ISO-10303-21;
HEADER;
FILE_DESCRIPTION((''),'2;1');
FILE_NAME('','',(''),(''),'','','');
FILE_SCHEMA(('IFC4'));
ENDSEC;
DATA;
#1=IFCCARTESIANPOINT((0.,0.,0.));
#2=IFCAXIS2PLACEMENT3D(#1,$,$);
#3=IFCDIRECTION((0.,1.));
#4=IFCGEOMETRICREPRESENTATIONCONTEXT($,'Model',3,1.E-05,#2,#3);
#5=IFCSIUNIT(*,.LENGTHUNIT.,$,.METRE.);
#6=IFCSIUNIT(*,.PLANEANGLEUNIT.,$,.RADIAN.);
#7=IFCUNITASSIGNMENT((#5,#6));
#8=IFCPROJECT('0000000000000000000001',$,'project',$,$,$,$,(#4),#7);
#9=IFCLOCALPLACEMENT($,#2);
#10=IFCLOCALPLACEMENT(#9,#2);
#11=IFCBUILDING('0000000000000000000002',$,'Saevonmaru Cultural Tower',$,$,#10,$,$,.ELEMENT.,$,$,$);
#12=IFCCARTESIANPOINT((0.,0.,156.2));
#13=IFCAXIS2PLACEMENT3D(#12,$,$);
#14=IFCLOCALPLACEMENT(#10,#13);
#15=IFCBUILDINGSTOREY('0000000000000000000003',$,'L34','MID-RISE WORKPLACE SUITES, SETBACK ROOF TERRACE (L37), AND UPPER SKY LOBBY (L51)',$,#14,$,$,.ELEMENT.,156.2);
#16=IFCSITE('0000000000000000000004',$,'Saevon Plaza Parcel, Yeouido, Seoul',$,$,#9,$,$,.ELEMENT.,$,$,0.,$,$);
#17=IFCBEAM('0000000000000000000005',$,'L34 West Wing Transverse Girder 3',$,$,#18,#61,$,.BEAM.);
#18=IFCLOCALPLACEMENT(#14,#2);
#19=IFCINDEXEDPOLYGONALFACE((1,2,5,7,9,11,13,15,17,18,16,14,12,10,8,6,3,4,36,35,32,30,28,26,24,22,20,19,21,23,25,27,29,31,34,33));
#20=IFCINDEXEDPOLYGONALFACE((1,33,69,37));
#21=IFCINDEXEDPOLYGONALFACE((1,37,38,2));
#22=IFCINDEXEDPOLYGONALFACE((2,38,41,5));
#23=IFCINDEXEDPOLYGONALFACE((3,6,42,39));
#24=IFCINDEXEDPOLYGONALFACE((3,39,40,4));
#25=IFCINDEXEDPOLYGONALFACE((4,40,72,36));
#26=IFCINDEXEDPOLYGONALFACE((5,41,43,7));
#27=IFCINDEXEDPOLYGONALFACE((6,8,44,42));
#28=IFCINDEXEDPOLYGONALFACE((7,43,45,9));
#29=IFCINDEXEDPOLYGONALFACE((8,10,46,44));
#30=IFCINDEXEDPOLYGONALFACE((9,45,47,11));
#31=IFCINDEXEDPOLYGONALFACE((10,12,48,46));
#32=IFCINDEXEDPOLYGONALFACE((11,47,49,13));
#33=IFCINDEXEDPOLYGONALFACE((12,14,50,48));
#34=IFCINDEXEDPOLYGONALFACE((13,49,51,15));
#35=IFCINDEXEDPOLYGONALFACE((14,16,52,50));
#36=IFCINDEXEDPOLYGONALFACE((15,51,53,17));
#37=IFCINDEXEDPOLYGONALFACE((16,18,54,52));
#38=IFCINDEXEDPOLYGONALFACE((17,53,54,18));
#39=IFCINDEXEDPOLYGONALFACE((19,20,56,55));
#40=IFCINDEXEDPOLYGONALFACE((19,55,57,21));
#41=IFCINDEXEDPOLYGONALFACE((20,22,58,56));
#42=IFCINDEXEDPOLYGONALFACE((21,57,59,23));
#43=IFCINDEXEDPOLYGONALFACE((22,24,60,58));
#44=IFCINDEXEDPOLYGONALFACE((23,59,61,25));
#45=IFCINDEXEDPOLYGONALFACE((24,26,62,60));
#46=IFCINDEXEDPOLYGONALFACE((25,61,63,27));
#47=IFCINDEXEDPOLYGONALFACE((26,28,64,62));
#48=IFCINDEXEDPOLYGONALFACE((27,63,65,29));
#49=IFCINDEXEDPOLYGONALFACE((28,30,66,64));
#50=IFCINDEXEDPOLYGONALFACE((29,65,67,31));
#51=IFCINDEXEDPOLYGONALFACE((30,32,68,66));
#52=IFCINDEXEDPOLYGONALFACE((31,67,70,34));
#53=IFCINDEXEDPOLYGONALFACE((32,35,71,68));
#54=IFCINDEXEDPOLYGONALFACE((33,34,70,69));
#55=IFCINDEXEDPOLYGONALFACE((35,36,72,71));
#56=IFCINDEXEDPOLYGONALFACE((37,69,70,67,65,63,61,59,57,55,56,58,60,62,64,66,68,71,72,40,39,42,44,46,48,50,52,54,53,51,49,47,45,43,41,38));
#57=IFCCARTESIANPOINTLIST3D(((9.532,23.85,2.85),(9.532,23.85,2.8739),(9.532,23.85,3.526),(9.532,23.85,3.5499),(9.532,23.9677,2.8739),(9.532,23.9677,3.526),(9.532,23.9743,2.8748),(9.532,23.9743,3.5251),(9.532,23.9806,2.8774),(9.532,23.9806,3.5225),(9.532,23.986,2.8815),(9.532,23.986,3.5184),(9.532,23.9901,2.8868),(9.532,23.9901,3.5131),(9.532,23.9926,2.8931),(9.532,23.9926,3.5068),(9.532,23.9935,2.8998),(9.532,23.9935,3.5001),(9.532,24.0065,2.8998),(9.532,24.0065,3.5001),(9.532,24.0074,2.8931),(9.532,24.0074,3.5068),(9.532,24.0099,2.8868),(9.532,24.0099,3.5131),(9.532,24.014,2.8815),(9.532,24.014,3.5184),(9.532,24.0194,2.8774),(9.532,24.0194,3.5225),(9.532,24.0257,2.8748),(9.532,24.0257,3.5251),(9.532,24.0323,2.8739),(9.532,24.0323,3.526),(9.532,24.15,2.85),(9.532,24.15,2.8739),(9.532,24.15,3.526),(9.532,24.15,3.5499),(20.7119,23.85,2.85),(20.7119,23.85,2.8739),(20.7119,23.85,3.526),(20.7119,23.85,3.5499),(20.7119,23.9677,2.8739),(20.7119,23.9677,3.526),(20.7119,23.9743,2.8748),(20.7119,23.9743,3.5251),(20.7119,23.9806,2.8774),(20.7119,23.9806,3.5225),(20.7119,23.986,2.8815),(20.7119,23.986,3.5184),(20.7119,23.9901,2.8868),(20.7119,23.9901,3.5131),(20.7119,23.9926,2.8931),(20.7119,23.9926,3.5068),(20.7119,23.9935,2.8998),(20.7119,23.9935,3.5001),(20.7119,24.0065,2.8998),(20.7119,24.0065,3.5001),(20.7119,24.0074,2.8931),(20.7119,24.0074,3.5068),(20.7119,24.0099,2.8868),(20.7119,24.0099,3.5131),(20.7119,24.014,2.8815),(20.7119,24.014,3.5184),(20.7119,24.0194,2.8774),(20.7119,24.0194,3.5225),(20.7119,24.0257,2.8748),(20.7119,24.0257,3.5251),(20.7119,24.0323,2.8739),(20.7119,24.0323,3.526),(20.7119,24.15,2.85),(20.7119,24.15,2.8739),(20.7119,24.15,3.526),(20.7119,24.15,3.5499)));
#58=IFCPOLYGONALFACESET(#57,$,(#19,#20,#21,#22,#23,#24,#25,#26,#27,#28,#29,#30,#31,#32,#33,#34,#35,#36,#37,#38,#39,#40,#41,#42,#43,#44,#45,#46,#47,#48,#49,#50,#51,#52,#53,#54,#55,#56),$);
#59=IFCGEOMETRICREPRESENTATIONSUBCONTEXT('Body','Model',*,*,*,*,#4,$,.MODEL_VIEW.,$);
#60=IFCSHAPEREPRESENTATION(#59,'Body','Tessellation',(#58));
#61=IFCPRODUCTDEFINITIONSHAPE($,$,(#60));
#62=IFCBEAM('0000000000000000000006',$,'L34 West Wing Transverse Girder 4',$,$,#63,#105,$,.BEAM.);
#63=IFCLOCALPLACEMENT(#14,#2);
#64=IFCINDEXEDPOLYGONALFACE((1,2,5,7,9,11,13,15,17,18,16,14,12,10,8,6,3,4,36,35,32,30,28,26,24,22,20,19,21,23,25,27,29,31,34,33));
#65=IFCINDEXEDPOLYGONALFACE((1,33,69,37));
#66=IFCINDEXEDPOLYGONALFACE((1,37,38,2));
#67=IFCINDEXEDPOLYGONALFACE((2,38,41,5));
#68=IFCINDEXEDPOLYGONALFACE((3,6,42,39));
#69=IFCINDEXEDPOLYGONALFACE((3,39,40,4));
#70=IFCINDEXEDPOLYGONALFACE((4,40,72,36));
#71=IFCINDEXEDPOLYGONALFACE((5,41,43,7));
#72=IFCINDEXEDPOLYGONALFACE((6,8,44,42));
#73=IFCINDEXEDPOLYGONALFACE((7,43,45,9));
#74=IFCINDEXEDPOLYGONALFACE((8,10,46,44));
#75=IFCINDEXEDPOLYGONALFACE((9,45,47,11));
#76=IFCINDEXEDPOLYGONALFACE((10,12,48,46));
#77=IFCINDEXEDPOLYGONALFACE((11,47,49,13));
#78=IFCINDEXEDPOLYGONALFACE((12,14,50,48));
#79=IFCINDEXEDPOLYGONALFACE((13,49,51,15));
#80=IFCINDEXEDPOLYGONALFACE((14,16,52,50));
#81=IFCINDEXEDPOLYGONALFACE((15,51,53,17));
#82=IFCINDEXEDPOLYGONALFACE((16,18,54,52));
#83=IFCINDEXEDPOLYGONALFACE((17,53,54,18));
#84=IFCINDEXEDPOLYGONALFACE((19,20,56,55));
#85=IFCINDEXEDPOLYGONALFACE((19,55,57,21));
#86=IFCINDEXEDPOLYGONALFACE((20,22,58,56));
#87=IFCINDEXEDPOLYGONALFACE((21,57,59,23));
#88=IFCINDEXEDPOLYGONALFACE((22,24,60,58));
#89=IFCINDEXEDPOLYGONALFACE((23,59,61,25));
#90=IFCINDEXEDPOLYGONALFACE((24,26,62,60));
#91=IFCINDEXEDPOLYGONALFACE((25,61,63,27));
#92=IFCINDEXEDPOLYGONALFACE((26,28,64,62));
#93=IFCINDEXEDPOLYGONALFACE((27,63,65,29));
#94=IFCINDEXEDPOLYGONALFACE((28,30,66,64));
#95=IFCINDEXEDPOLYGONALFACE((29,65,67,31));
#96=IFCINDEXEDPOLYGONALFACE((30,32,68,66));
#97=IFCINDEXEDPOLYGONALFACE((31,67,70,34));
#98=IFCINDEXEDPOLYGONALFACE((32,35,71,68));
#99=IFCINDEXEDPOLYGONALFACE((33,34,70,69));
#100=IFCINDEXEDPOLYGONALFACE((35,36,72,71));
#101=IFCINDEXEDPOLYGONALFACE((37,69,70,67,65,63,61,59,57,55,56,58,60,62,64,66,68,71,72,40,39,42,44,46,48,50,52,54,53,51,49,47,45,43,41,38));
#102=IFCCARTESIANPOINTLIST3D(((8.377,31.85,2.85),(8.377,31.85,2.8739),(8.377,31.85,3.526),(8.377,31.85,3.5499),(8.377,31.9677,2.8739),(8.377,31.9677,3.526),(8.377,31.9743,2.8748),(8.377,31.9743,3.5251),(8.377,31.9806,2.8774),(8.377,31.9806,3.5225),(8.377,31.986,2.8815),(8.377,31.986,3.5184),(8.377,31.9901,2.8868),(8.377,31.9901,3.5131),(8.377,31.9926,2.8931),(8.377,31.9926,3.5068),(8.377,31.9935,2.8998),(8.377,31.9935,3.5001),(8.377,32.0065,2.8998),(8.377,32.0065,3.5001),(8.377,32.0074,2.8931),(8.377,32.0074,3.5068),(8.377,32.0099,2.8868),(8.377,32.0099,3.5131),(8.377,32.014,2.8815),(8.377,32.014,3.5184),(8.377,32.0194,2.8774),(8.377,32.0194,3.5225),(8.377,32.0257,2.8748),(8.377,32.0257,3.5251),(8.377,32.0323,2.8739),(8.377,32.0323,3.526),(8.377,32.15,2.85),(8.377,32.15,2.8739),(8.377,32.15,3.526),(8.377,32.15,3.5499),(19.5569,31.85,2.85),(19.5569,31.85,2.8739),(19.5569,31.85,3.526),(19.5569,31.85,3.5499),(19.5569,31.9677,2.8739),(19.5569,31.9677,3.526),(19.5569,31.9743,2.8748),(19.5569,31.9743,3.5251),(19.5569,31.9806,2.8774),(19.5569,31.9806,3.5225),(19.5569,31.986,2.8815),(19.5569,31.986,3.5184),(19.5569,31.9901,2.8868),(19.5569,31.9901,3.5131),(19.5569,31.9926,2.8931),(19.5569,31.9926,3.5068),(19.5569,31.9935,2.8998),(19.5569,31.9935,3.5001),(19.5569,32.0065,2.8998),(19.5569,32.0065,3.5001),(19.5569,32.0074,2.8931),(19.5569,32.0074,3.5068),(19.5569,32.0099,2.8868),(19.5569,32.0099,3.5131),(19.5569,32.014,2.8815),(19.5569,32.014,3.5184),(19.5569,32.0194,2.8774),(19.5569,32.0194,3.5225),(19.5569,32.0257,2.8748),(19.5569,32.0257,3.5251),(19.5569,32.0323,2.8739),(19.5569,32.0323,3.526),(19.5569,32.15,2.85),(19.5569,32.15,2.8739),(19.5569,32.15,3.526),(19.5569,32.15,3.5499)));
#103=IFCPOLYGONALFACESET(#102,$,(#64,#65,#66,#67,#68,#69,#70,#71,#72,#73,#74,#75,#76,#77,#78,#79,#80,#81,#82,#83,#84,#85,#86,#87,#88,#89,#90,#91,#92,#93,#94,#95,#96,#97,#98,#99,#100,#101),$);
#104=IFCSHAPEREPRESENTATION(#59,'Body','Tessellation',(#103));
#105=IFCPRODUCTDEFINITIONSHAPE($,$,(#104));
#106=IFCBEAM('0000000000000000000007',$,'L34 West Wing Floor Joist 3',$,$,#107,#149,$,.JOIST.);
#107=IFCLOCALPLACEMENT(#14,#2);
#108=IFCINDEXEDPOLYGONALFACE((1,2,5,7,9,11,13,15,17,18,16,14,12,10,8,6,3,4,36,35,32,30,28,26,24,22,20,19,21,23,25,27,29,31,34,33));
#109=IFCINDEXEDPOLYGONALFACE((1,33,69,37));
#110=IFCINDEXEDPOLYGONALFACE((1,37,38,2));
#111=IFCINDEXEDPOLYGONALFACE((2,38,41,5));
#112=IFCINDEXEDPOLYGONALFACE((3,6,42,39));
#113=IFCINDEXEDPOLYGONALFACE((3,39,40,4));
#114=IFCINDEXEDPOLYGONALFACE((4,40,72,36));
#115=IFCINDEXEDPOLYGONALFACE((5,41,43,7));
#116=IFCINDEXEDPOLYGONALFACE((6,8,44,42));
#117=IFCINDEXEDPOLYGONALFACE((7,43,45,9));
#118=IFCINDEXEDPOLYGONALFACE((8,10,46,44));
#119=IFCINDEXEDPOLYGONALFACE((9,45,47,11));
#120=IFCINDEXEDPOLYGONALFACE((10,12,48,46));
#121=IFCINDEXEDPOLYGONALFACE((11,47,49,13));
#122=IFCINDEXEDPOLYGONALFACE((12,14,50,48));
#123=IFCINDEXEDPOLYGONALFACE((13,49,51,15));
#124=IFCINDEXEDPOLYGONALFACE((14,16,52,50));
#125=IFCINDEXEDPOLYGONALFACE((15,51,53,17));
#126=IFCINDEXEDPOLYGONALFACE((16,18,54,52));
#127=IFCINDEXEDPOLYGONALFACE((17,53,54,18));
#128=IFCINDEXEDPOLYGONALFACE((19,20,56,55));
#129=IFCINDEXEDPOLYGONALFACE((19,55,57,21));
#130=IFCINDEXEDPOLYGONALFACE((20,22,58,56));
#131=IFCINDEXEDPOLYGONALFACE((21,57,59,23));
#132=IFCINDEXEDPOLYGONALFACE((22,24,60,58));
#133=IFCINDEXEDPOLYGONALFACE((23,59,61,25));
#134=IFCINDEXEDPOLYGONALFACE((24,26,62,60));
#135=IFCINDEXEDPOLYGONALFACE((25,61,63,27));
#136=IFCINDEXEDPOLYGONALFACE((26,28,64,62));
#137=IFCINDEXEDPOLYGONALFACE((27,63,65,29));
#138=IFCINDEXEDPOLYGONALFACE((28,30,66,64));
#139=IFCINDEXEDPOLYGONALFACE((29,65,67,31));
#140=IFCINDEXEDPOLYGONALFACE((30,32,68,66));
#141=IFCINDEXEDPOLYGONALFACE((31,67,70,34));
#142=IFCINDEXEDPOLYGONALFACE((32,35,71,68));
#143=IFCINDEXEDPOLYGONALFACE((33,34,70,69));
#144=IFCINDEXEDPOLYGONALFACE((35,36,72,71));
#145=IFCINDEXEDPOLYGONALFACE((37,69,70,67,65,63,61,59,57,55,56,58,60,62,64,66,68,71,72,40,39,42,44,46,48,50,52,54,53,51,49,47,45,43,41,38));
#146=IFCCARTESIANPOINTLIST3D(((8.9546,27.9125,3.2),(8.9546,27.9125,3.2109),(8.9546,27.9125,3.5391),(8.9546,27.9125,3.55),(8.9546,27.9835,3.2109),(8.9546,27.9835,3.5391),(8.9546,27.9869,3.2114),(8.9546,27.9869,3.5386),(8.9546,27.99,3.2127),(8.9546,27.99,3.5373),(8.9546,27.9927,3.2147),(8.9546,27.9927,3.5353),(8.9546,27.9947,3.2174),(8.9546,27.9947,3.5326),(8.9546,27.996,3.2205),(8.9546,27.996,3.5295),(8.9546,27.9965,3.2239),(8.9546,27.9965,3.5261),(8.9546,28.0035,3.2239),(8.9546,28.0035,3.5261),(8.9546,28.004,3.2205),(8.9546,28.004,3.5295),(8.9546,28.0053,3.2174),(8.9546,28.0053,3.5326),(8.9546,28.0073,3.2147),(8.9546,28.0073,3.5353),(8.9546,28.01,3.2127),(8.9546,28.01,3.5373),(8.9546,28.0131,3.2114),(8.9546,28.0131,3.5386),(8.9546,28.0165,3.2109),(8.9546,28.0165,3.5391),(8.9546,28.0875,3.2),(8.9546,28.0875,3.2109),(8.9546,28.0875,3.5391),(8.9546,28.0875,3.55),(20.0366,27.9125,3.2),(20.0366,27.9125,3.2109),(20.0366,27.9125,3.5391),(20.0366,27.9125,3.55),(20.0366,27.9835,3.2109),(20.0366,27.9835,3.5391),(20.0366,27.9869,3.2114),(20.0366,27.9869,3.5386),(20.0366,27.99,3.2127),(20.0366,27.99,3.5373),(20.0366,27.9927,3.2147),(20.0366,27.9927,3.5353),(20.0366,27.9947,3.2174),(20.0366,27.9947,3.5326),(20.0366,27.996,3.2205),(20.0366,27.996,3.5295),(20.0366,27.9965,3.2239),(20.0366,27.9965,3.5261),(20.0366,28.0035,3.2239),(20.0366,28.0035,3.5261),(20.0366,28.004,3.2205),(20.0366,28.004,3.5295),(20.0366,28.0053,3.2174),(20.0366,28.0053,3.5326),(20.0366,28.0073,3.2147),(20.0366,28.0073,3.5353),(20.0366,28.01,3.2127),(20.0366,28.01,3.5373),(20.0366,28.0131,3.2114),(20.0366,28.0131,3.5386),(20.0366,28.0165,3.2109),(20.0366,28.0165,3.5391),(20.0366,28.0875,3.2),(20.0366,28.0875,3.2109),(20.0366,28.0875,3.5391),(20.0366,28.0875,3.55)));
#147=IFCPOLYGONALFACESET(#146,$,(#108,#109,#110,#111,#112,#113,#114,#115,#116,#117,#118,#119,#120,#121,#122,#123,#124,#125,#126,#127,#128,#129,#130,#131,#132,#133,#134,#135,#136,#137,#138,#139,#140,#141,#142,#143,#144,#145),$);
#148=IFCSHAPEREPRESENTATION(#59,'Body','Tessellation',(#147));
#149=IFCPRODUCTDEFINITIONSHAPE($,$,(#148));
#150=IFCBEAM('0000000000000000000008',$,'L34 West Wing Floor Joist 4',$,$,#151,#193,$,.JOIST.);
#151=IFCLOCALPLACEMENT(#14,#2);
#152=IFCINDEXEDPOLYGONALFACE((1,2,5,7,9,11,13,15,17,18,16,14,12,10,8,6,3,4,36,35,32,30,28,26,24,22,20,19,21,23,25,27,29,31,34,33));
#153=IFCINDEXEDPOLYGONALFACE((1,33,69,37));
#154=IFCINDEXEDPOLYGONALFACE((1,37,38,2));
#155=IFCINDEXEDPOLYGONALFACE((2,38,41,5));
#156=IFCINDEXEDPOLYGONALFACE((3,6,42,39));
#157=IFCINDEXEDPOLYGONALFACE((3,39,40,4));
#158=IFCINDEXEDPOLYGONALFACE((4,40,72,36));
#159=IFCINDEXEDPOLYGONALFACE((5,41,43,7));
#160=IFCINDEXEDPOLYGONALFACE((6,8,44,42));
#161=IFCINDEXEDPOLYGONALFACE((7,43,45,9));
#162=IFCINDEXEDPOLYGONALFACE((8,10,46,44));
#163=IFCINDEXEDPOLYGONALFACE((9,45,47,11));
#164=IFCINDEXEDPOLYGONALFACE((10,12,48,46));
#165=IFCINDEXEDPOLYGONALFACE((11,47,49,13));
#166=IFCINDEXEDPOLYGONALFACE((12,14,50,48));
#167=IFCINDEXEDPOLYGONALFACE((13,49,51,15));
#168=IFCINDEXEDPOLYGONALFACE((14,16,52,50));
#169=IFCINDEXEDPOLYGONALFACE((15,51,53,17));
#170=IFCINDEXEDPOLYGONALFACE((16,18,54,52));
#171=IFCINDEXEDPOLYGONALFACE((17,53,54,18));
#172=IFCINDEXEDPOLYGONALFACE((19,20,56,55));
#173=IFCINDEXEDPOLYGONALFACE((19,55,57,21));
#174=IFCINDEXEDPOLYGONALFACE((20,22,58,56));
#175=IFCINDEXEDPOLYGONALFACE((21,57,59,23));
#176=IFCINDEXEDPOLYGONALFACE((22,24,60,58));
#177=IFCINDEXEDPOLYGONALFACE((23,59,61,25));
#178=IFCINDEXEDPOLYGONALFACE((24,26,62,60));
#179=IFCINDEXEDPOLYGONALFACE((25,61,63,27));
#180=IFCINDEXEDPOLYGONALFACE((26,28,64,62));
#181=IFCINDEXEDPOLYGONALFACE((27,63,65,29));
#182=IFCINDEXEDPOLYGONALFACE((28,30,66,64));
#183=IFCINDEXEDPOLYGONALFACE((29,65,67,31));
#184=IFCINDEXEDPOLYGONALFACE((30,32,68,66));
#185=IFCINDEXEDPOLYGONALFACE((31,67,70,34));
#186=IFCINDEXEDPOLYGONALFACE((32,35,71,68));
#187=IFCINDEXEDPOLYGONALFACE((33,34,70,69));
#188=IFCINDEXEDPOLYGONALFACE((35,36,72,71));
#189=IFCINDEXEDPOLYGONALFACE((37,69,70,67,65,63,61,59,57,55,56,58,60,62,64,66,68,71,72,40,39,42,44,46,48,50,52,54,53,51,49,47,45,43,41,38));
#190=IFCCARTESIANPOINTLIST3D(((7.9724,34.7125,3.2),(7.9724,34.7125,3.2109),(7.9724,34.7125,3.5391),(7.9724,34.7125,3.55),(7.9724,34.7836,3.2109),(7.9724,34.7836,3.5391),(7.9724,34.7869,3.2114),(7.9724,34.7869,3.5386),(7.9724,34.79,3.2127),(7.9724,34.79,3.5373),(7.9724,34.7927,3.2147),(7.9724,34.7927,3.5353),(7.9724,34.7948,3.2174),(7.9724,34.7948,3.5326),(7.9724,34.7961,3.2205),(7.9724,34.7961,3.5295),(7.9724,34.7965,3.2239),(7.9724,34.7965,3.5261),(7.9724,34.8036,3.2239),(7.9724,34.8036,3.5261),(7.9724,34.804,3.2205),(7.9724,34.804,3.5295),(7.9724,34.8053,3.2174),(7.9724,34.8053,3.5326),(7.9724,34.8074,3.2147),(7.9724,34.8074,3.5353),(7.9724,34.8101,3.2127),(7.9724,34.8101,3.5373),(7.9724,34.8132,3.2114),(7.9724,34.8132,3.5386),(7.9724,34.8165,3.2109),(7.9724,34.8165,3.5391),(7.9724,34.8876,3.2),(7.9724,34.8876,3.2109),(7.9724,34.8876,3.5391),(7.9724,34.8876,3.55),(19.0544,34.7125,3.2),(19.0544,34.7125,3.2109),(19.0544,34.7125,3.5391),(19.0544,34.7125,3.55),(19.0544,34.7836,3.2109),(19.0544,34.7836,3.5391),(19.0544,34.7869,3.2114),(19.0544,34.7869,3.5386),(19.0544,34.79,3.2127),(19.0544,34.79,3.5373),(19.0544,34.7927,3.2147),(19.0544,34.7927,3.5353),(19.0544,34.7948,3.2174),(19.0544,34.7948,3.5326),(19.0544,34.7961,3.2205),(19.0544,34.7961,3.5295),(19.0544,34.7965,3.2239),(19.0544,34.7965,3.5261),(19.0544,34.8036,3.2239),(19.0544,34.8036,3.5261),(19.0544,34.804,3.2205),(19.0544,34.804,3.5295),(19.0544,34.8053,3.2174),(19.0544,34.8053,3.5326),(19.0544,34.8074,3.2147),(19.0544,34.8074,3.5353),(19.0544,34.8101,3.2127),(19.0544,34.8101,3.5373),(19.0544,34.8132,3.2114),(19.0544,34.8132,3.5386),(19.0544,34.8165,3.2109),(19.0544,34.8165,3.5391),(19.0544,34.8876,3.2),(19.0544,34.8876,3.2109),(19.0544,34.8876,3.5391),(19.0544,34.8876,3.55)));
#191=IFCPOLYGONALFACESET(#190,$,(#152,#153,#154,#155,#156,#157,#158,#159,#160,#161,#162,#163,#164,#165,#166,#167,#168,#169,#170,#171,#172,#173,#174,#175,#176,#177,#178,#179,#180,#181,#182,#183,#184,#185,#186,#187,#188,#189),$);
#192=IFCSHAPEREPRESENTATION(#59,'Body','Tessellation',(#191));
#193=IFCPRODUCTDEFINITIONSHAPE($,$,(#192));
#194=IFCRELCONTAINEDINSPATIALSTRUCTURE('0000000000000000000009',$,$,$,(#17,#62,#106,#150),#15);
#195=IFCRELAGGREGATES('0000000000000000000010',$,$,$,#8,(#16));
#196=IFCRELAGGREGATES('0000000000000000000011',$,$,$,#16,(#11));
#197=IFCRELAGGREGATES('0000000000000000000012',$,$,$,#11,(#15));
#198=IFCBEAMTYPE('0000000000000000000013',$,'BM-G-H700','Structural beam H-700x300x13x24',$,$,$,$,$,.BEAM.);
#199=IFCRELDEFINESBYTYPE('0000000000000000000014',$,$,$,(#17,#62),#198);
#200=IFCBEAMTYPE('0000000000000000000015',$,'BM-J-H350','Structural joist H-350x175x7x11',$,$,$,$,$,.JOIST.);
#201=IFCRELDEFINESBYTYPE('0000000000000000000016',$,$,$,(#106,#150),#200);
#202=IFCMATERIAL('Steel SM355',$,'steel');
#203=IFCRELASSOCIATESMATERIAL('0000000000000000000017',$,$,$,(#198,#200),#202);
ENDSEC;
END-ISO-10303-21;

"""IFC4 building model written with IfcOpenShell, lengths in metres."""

from ifc_helpers import new_model, si_unit, direction, frame, origin, origin_2d, place, context, subcontext, project, spatial, i_section, extrude, material, material_profile, profile_set, type_object, element, save


model = new_model("IFC4")

# Units and contexts
model_context = context("Model", 3, precision=1e-05, world=origin(), true_north=direction((0.0, 1.0)))
body_context = subcontext(model_context, "Body", "Model", "MODEL_VIEW")
ifc_project = project(units=[si_unit("LENGTHUNIT", "METRE"), si_unit("PLANEANGLEUNIT", "RADIAN")], contexts=[model_context])

# Site, building, storey
site_placement = place(None, origin())
site = spatial("IfcSite", under=ifc_project, at=site_placement, Name="Saevon Plaza Parcel, Yeouido, Seoul", CompositionType="ELEMENT", RefElevation=0.0)
building_placement = place(site_placement, origin())
building = spatial("IfcBuilding", under=site, at=building_placement, Name="Saevonmaru Cultural Tower", CompositionType="ELEMENT")
storey_placement = place(building_placement, frame((0.0, 0.0, 156.2)))
storey = spatial("IfcBuildingStorey", under=building, at=storey_placement, Name="L34", Description="MID-RISE WORKPLACE SUITES, SETBACK ROOF TERRACE (L37), AND UPPER SKY LOBBY (L51)", CompositionType="ELEMENT", Elevation=156.2)

# Shared definitions
ifc_material_1 = material(Name="Steel SM355", Category="steel")

# Beams
ifc_material_profile_1 = material_profile(ifc_material_1, i_section(OverallWidth=0.3, OverallDepth=0.7, WebThickness=0.0129, FlangeThickness=0.0239, FilletRadius=0.0259, at=origin_2d()), Name="H-700x300x13x24")
ifc_profile_set_1 = profile_set([ifc_material_profile_1], Name="Steel SM355")
beam_type_1 = type_object("IfcBeamType", Name="BM-G-H700", Description="Structural beam H-700x300x13x24", PredefinedType="BEAM", material=ifc_profile_set_1)
for number, where, z_axis, x_axis, name in (
    (1, (9.532, 24.0, 3.2), (1.0, 0.0, 0.0), (0.0, 1.0, 0.0), "L34 West Wing Transverse Girder 3"),
    (2, (8.377, 32.0, 3.2), (1.0, 0.0, 0.0), (0.0, 1.0, 0.0), "L34 West Wing Transverse Girder 4"),
):
    element("IfcBeam", number, at=place(storey_placement, frame(where, z_axis=z_axis, x_axis=x_axis)), inside=storey, type_object=beam_type_1, Name=name, PredefinedType="BEAM", context=body_context, shape_type="SweptSolid", body=[
        extrude(i_section(OverallWidth=0.3, OverallDepth=0.7, WebThickness=0.0129, FlangeThickness=0.0239, FilletRadius=0.0259, at=origin_2d()), origin(), (0.0, 0.0, 1.0), 11.1799),
    ])
ifc_material_profile_2 = material_profile(ifc_material_1, i_section(OverallWidth=0.175, OverallDepth=0.3501, WebThickness=0.0071, FlangeThickness=0.011, FilletRadius=0.0129, at=origin_2d()), Name="H-350x175x7x11")
ifc_profile_set_2 = profile_set([ifc_material_profile_2], Name="Steel SM355")
beam_type_2 = type_object("IfcBeamType", Name="BM-J-H350", Description="Structural joist H-350x175x7x11", PredefinedType="JOIST", material=ifc_profile_set_2)
for number, where, z_axis, x_axis, name in (
    (3, (8.9546, 28.0, 3.375), (1.0, 0.0, 0.0), (0.0, 1.0, 0.0), "L34 West Wing Floor Joist 3"),
    (4, (7.9724, 34.8, 3.375), (1.0, 0.0, 0.0), (0.0, 1.0, 0.0), "L34 West Wing Floor Joist 4"),
):
    element("IfcBeam", number, at=place(storey_placement, frame(where, z_axis=z_axis, x_axis=x_axis)), inside=storey, type_object=beam_type_2, Name=name, PredefinedType="JOIST", context=body_context, shape_type="SweptSolid", body=[
        extrude(i_section(OverallWidth=0.175, OverallDepth=0.3501, WebThickness=0.0071, FlangeThickness=0.011, FilletRadius=0.0129, at=origin_2d()), origin(), (0.0, 0.0, 1.0), 11.082),
    ])

save(model, "model.ifc")
